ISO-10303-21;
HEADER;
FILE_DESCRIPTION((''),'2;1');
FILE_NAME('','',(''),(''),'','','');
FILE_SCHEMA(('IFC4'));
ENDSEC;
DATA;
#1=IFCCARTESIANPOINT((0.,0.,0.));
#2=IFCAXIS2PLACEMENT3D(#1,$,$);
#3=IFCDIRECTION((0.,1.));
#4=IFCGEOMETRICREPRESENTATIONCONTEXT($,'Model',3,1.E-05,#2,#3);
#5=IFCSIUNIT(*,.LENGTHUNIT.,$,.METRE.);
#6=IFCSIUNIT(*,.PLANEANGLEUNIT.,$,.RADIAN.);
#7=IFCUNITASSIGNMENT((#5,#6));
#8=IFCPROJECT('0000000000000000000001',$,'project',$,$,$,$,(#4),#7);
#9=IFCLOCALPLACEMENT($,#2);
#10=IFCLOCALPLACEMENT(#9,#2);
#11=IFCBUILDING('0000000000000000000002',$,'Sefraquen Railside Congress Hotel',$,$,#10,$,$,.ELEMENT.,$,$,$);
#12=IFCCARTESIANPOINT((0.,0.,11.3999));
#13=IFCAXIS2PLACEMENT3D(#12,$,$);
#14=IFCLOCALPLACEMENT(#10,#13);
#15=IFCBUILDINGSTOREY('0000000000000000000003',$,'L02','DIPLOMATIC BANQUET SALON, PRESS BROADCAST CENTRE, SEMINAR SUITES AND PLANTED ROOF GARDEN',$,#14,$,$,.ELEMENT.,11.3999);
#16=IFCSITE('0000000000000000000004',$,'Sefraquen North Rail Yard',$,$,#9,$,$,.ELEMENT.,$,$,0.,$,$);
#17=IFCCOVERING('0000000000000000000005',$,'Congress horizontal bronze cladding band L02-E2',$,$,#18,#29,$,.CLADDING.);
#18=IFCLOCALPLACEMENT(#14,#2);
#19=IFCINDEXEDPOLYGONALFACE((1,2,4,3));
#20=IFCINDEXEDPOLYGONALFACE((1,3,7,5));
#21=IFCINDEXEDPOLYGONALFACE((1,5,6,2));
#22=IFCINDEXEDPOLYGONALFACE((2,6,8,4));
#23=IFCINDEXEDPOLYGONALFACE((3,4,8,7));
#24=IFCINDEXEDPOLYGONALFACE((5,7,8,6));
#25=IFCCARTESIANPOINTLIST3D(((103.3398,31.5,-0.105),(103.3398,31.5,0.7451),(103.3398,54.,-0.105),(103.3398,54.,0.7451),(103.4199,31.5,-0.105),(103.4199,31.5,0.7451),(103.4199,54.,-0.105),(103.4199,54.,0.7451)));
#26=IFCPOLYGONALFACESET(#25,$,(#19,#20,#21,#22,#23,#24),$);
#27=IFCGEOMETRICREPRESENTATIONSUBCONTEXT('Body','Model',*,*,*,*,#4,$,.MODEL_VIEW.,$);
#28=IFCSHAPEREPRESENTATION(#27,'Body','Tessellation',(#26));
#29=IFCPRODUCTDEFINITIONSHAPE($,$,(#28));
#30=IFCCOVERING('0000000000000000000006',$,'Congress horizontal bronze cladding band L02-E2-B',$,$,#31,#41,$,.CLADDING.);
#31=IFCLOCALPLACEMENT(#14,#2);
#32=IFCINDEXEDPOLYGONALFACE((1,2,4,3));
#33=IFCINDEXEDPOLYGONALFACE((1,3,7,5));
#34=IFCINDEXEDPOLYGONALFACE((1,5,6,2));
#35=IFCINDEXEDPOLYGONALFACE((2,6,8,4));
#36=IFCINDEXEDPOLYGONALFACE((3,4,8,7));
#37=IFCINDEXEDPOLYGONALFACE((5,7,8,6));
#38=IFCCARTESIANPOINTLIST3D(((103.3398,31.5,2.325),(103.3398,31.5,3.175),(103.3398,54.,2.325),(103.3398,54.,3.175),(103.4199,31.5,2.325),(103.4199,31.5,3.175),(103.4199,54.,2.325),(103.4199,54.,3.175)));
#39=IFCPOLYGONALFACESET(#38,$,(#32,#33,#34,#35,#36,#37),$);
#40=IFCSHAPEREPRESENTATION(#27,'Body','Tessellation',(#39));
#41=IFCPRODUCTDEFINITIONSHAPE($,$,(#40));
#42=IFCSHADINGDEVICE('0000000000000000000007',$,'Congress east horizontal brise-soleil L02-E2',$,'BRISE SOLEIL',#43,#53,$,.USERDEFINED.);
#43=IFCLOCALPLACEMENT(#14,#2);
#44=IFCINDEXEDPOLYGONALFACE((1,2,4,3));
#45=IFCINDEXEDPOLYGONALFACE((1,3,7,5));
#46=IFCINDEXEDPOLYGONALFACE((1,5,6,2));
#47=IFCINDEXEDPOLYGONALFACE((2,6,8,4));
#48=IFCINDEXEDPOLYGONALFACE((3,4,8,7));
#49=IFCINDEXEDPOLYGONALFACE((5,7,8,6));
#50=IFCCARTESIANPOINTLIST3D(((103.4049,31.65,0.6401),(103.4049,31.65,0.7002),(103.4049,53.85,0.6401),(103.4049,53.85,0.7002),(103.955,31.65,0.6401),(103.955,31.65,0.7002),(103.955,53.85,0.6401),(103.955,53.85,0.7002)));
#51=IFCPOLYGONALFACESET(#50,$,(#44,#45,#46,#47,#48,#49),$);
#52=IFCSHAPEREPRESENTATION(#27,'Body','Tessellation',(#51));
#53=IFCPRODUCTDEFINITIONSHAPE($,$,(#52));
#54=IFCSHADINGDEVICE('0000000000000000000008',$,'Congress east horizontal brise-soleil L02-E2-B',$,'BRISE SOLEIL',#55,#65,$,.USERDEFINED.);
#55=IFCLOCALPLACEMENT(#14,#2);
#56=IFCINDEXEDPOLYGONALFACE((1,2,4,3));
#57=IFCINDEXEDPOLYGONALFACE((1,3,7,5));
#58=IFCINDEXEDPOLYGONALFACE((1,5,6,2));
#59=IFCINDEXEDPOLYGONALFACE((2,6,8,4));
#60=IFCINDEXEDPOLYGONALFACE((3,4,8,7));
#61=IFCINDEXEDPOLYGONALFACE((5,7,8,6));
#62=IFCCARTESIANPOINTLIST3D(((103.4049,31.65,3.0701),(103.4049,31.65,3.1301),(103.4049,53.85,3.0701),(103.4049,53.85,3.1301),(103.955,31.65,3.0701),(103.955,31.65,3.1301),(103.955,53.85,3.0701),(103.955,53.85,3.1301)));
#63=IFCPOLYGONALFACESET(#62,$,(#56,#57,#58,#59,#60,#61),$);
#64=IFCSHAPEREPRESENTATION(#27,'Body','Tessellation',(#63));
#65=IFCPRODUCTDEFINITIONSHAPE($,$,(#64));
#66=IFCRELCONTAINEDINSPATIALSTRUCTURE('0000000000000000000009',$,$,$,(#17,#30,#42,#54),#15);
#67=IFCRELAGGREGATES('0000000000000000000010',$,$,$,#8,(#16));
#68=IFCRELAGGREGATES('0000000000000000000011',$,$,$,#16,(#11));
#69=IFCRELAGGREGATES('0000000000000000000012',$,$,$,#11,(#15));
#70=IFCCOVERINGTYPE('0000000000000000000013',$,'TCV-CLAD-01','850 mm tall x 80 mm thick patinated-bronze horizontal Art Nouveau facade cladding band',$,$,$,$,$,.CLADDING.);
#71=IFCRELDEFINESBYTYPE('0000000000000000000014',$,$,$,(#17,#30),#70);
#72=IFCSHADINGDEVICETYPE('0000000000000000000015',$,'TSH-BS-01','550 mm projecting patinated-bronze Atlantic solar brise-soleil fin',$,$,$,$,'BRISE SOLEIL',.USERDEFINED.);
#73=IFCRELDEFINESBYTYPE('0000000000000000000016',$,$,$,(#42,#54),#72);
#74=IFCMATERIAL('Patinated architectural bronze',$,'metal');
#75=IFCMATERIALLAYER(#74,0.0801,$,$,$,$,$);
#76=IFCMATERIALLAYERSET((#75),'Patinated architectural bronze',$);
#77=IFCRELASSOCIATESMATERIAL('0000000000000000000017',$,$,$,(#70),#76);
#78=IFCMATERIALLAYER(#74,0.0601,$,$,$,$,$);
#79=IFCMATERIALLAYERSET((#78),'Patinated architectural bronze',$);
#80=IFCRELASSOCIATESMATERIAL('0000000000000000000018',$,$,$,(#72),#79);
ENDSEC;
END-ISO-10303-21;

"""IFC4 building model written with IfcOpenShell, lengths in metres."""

from ifc_helpers import new_model, si_unit, direction, frame, origin, origin_2d, place, context, subcontext, project, spatial, rectangle, extrude, material, layer, layer_set, type_object, element, save


model = new_model("IFC4")

# Units and contexts
model_context = context("Model", 3, precision=1e-05, world=origin(), true_north=direction((0.0, 1.0)))
body_context = subcontext(model_context, "Body", "Model", "MODEL_VIEW")
ifc_project = project(units=[si_unit("LENGTHUNIT", "METRE"), si_unit("PLANEANGLEUNIT", "RADIAN")], contexts=[model_context])

# Site, building, storey
site_placement = place(None, origin())
site = spatial("IfcSite", under=ifc_project, at=site_placement, Name="Sefraquen North Rail Yard", CompositionType="ELEMENT", RefElevation=0.0)
building_placement = place(site_placement, origin())
building = spatial("IfcBuilding", under=site, at=building_placement, Name="Sefraquen Railside Congress Hotel", CompositionType="ELEMENT")
storey_placement = place(building_placement, frame((0.0, 0.0, 11.3999)))
storey = spatial("IfcBuildingStorey", under=building, at=storey_placement, Name="L02", Description="DIPLOMATIC BANQUET SALON, PRESS BROADCAST CENTRE, SEMINAR SUITES AND PLANTED ROOF GARDEN", CompositionType="ELEMENT", Elevation=11.3999)

# Coverings
ifc_material_1 = material(Name="Patinated architectural bronze", Category="metal")
ifc_layer_1 = layer(ifc_material_1, 0.0801)
ifc_layer_set_1 = layer_set([ifc_layer_1], Name="Patinated architectural bronze")
covering_type = type_object("IfcCoveringType", Name="TCV-CLAD-01", Description="850 mm tall x 80 mm thick patinated-bronze horizontal Art Nouveau facade cladding band", PredefinedType="CLADDING", material=ifc_layer_set_1)
for number, where, z_axis, x_axis, name in (
    (1, (103.3799, 42.75, -0.105), (0.0, 0.0, 1.0), (1.0, 0.0, 0.0), "Congress horizontal bronze cladding band L02-E2"),
    (2, (103.3799, 42.75, 2.325), (0.0, 0.0, 1.0), (1.0, 0.0, 0.0), "Congress horizontal bronze cladding band L02-E2-B"),
):
    element("IfcCovering", number, at=place(storey_placement, frame(where, z_axis=z_axis, x_axis=x_axis)), inside=storey, type_object=covering_type, Name=name, PredefinedType="CLADDING", context=body_context, shape_type="SweptSolid", body=[
        extrude(rectangle(XDim=0.0801, YDim=22.5, at=origin_2d()), origin(), (0.0, 0.0, 1.0), 0.8501),
    ])

# Shading devices
ifc_layer_2 = layer(ifc_material_1, 0.0601)
ifc_layer_set_2 = layer_set([ifc_layer_2], Name="Patinated architectural bronze")
shading_device_type = type_object("IfcShadingDeviceType", Name="TSH-BS-01", Description="550 mm projecting patinated-bronze Atlantic solar brise-soleil fin", ElementType="BRISE SOLEIL", PredefinedType="USERDEFINED", material=ifc_layer_set_2)
for number, where, z_axis, x_axis, name in (
    (3, (103.6799, 42.75, 0.6401), (0.0, 0.0, 1.0), (1.0, 0.0, 0.0), "Congress east horizontal brise-soleil L02-E2"),
    (4, (103.6799, 42.75, 3.0701), (0.0, 0.0, 1.0), (1.0, 0.0, 0.0), "Congress east horizontal brise-soleil L02-E2-B"),
):
    element("IfcShadingDevice", number, at=place(storey_placement, frame(where, z_axis=z_axis, x_axis=x_axis)), inside=storey, type_object=shading_device_type, Name=name, ObjectType="BRISE SOLEIL", PredefinedType="USERDEFINED", context=body_context, shape_type="SweptSolid", body=[
        extrude(rectangle(XDim=0.55, YDim=22.2, at=origin_2d()), origin(), (0.0, 0.0, 1.0), 0.0601),
    ])

save(model, "model.ifc")
